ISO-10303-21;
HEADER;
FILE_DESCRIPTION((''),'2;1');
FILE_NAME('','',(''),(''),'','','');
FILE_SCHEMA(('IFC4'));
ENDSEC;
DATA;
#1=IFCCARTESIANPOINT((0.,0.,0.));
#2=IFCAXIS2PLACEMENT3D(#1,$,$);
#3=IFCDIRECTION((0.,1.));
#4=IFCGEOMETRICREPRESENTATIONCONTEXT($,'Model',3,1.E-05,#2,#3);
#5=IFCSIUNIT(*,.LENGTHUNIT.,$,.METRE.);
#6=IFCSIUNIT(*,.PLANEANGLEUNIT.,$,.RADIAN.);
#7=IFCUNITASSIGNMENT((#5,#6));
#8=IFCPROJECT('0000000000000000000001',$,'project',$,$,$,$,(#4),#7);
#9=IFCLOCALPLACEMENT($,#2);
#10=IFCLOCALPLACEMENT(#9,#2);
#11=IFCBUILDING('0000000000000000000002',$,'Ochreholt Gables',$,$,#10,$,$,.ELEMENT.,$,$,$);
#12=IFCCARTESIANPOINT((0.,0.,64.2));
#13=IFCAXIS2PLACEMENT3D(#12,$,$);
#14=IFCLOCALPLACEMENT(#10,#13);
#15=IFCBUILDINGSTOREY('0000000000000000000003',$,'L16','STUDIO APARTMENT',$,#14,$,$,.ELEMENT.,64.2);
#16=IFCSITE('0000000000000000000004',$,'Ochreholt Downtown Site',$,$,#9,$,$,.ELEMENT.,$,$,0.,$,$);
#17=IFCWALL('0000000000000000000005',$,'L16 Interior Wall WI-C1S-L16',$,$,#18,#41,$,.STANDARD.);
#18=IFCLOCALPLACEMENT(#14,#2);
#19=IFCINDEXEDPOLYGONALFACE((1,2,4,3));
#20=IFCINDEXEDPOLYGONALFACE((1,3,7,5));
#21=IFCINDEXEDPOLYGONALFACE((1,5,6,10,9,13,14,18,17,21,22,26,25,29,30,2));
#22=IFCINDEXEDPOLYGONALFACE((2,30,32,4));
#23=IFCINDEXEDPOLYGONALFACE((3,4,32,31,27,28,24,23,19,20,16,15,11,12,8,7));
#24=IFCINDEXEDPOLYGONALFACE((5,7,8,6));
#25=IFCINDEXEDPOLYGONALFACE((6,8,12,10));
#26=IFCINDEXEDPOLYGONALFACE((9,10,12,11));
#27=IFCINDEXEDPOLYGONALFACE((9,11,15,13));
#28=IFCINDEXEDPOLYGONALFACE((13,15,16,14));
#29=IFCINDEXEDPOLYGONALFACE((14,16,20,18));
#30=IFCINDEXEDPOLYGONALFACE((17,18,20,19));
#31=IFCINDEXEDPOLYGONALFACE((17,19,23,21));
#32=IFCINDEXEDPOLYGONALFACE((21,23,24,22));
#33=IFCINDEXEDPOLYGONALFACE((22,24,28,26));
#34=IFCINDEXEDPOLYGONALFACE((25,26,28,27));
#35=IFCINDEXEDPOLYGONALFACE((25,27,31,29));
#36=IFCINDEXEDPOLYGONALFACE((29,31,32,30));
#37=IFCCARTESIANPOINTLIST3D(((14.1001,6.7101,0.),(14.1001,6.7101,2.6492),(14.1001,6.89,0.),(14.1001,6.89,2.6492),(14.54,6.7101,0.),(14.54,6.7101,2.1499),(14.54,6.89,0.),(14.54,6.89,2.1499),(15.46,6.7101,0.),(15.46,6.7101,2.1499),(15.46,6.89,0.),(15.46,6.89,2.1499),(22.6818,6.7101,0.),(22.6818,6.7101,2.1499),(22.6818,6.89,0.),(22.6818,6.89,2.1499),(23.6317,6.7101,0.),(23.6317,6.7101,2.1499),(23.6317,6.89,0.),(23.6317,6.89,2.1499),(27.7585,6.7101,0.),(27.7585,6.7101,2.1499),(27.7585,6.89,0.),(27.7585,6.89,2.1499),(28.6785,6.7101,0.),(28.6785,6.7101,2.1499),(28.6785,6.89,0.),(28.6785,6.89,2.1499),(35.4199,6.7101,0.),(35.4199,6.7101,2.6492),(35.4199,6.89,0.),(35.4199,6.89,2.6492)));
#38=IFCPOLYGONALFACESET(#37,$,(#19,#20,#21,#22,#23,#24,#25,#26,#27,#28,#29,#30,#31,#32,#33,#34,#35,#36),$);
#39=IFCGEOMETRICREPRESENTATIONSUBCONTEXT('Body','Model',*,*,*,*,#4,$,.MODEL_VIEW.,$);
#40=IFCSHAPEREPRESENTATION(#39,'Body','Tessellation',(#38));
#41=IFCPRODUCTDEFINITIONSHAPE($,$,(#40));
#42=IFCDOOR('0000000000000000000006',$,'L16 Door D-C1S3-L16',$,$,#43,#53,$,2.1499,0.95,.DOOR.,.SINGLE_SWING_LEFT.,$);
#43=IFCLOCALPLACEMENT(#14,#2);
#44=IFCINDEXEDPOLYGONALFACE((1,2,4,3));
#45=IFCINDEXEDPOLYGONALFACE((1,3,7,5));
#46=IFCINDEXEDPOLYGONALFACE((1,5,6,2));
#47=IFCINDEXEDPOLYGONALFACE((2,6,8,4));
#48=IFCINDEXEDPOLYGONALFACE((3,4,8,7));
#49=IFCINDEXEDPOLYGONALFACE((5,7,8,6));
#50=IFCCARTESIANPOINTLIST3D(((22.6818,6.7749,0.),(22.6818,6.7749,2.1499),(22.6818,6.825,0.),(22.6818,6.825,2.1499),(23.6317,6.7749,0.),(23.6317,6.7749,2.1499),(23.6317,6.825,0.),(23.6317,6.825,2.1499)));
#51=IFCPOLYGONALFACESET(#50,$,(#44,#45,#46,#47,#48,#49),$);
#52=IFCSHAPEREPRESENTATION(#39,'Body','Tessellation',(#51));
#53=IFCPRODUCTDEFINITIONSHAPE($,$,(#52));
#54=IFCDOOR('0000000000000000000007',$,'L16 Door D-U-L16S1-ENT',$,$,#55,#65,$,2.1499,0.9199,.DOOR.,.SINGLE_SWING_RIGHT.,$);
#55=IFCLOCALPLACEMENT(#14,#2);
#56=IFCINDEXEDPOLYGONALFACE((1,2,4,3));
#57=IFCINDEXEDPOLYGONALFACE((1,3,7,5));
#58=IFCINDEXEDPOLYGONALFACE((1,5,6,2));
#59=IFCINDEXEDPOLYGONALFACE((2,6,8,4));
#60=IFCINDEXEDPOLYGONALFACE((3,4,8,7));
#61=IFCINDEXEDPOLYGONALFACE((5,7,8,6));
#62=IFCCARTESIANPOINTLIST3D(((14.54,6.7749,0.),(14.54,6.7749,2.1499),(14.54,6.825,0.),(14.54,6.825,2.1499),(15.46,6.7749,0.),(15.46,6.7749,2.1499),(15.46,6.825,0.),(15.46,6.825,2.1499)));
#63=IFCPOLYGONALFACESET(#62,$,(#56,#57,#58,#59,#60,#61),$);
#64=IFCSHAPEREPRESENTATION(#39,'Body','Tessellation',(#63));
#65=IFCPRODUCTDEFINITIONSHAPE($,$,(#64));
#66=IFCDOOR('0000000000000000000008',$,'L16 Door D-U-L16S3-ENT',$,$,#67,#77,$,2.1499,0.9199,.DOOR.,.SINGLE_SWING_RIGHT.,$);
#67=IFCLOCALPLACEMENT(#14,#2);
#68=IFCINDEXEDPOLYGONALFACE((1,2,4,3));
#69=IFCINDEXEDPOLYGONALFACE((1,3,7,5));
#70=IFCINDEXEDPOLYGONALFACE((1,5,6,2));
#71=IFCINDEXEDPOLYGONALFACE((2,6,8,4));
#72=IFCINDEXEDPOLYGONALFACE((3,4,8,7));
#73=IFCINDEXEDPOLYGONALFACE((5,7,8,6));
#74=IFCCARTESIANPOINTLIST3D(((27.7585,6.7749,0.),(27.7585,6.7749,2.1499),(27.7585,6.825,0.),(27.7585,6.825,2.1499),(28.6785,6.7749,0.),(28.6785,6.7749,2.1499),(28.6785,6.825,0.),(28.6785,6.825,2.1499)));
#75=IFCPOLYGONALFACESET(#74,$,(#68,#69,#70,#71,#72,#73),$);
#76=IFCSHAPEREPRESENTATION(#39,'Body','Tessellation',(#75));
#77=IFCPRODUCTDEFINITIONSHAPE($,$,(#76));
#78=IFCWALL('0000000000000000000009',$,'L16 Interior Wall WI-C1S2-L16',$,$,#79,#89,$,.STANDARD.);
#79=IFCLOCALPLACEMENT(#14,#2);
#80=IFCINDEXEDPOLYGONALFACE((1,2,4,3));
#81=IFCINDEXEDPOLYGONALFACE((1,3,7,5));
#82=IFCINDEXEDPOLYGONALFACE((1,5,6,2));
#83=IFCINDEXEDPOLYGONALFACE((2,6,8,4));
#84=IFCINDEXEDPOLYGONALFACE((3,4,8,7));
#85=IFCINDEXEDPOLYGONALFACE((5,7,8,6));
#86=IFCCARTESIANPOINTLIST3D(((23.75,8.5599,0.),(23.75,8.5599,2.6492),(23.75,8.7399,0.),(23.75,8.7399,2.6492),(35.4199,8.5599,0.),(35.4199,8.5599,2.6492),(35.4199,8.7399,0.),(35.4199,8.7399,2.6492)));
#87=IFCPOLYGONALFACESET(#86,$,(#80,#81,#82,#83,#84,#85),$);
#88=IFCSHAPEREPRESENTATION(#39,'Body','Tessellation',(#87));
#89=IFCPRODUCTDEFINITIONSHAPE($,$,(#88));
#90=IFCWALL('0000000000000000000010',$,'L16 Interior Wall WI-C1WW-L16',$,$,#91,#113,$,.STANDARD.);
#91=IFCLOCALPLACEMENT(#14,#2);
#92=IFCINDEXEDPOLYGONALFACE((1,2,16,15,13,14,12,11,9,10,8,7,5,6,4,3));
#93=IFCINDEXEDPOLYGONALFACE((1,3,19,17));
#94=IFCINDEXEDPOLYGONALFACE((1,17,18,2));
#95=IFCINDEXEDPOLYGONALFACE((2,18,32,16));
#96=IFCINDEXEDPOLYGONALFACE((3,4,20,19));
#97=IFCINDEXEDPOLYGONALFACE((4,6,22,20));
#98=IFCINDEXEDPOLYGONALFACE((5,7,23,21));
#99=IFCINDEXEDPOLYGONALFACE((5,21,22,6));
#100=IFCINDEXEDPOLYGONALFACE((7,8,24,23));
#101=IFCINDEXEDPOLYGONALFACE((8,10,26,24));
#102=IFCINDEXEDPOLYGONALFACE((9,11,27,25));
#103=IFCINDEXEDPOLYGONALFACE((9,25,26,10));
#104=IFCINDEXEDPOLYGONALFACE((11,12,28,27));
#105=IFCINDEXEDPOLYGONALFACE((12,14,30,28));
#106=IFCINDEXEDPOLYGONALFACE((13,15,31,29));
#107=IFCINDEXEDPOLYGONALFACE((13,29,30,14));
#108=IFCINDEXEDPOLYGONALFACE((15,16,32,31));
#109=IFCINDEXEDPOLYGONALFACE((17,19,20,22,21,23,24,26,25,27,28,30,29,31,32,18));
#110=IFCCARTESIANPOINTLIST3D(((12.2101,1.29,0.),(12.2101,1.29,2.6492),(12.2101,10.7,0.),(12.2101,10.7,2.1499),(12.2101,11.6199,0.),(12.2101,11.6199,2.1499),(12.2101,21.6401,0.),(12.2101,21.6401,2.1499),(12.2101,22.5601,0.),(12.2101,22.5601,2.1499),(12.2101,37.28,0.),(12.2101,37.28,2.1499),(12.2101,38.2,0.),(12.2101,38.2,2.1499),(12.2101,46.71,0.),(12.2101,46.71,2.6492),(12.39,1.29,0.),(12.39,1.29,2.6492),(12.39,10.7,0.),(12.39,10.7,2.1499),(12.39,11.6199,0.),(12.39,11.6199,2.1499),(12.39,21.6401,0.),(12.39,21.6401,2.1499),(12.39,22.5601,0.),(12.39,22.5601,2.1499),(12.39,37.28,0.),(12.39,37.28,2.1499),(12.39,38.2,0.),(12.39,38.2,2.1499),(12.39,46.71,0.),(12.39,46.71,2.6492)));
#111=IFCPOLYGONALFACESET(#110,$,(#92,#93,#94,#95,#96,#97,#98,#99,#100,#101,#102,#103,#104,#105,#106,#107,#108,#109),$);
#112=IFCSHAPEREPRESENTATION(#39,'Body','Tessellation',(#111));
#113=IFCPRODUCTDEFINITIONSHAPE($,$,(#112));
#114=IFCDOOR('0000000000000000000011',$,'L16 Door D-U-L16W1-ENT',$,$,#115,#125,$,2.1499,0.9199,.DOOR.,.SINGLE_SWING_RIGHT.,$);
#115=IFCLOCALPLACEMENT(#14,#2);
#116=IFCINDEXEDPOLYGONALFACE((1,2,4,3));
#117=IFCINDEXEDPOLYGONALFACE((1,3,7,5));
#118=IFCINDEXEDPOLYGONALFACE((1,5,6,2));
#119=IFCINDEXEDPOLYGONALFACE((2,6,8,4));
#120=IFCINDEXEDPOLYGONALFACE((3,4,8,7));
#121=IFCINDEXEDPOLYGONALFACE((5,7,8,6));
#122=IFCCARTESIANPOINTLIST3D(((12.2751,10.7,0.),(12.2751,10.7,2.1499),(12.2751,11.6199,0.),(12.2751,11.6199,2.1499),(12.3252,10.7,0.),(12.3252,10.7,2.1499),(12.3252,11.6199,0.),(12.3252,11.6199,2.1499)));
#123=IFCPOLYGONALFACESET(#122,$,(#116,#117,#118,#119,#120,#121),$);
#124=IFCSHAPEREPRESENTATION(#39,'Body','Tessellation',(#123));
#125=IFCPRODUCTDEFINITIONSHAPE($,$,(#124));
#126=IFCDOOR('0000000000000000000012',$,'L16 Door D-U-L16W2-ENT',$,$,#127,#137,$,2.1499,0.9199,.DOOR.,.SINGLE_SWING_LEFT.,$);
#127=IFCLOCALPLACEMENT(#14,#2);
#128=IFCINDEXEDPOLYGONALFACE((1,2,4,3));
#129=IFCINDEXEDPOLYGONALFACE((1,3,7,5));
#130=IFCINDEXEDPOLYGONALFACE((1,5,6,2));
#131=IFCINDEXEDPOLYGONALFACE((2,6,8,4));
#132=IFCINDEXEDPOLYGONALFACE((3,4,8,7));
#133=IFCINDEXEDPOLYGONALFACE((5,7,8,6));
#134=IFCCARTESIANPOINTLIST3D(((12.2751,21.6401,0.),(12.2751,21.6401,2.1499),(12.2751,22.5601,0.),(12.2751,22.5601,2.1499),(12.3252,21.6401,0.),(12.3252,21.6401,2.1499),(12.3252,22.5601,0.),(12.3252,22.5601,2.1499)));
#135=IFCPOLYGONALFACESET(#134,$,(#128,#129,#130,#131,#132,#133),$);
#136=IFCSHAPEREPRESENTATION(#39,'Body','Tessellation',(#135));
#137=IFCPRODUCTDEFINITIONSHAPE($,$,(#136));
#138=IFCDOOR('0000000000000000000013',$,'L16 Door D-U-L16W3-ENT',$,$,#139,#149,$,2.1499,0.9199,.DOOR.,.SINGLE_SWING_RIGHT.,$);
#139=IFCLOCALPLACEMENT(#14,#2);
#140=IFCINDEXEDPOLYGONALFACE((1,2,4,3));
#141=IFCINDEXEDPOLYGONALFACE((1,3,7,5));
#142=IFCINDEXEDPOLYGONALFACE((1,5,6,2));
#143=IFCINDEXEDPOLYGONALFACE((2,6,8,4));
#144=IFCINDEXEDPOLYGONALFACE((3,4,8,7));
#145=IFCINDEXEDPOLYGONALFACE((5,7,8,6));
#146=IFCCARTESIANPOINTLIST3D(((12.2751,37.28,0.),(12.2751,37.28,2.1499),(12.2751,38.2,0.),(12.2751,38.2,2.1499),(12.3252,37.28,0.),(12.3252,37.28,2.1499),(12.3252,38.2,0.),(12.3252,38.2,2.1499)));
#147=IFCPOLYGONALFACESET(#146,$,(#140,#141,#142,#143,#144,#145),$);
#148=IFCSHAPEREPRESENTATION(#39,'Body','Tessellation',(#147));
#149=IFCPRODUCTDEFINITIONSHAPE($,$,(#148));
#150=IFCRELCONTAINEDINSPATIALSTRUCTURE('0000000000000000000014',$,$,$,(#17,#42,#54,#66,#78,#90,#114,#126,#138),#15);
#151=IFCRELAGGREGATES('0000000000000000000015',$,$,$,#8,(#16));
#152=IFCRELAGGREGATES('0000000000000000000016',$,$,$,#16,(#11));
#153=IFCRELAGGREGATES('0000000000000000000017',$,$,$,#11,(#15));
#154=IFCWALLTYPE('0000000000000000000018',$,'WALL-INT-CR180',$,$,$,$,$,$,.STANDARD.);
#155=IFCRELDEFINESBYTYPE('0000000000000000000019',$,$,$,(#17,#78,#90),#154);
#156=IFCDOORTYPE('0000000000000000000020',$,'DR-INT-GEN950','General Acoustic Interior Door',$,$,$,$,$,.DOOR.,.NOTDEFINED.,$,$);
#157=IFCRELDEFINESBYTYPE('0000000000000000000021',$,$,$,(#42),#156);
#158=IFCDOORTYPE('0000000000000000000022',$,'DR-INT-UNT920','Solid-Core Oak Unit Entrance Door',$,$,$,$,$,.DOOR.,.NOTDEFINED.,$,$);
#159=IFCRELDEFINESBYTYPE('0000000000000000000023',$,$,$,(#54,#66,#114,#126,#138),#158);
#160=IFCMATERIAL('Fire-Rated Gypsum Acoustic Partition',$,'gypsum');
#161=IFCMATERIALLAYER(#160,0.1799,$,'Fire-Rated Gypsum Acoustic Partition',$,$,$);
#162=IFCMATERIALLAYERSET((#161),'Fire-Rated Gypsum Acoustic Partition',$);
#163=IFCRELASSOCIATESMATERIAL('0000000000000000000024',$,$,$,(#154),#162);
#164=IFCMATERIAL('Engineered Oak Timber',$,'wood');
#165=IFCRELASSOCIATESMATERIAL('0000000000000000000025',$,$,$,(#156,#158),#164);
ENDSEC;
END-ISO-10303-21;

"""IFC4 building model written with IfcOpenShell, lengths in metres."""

from ifc_helpers import new_model, si_unit, direction, frame, frame_2d, origin, place, context, subcontext, project, spatial, rectangle, extrude, material, layer, layer_set, type_object, element, fill, save


model = new_model("IFC4")

# Units and contexts
model_context = context("Model", 3, precision=1e-05, world=origin(), true_north=direction((0.0, 1.0)))
body_context = subcontext(model_context, "Body", "Model", "MODEL_VIEW")
ifc_project = project(units=[si_unit("LENGTHUNIT", "METRE"), si_unit("PLANEANGLEUNIT", "RADIAN")], contexts=[model_context])

# Site, building, storey
site_placement = place(None, origin())
site = spatial("IfcSite", under=ifc_project, at=site_placement, Name="Ochreholt Downtown Site", CompositionType="ELEMENT", RefElevation=0.0)
building_placement = place(site_placement, origin())
building = spatial("IfcBuilding", under=site, at=building_placement, Name="Ochreholt Gables", CompositionType="ELEMENT")
storey_placement = place(building_placement, frame((0.0, 0.0, 64.2)))
storey = spatial("IfcBuildingStorey", under=building, at=storey_placement, Name="L16", Description="STUDIO APARTMENT", CompositionType="ELEMENT", Elevation=64.2)

# Shared definitions
ifc_material_1 = material(Name="Fire-Rated Gypsum Acoustic Partition", Category="gypsum")
ifc_layer_1 = layer(ifc_material_1, 0.1799, Name="Fire-Rated Gypsum Acoustic Partition")
ifc_layer_set_1 = layer_set([ifc_layer_1], Name="Fire-Rated Gypsum Acoustic Partition")
wall_type_1 = type_object("IfcWallType", Name="WALL-INT-CR180", PredefinedType="STANDARD", material=ifc_layer_set_1)

# Wall, openings, doors
wall_1_placement = place(storey_placement, frame((14.1001, 6.8, 0.0), z_axis=(0.0, 0.0, 1.0), x_axis=(1.0, 0.0, 0.0)))
wall_1 = element("IfcWall", 1, at=wall_1_placement, inside=storey, type_object=wall_type_1, Name="L16 Interior Wall WI-C1S-L16", PredefinedType="STANDARD", context=body_context, shape_type="SweptSolid", body=[
    extrude(rectangle(XDim=21.3198, YDim=0.1799, at=frame_2d((10.6599, 0.0))), origin(), (0.0, 0.0, 1.0), 2.6492),
])
opening_1_placement = place(wall_1_placement, frame((0.4399, 0.0, 0.0)))
opening_1 = element("IfcOpeningElement", 2, at=opening_1_placement, cuts=wall_1, PredefinedType="OPENING", context=body_context, shape_type="SweptSolid", body=[
    extrude(rectangle(XDim=0.9199, YDim=2.1499, at=frame_2d((0.46, 1.075))), frame((0.0, 0.0999, 0.0), z_axis=(0.0, -1.0, 0.0), x_axis=(1.0, 0.0, 0.0)), (0.0, 0.0, 1.0), 0.2),
])
opening_2_placement = place(wall_1_placement, frame((8.5815, 0.0, 0.0)))
opening_2 = element("IfcOpeningElement", 3, at=opening_2_placement, cuts=wall_1, PredefinedType="OPENING", context=body_context, shape_type="SweptSolid", body=[
    extrude(rectangle(XDim=0.95, YDim=2.1499, at=frame_2d((0.4751, 1.075))), frame((0.0, 0.0999, 0.0), z_axis=(0.0, -1.0, 0.0), x_axis=(1.0, 0.0, 0.0)), (0.0, 0.0, 1.0), 0.2),
])
opening_3_placement = place(wall_1_placement, frame((13.6584, 0.0, 0.0)))
opening_3 = element("IfcOpeningElement", 4, at=opening_3_placement, cuts=wall_1, PredefinedType="OPENING", context=body_context, shape_type="SweptSolid", body=[
    extrude(rectangle(XDim=0.9199, YDim=2.1499, at=frame_2d((0.46, 1.075))), frame((0.0, 0.0999, 0.0), z_axis=(0.0, -1.0, 0.0), x_axis=(1.0, 0.0, 0.0)), (0.0, 0.0, 1.0), 0.2),
])
ifc_material_2 = material(Name="Engineered Oak Timber", Category="wood")
door_type_1 = type_object("IfcDoorType", Name="DR-INT-GEN950", Description="General Acoustic Interior Door", OperationType="NOTDEFINED", PredefinedType="DOOR", material=ifc_material_2)
door_1_placement = place(opening_2_placement, origin())
door_1 = element("IfcDoor", 5, at=door_1_placement, inside=storey, type_object=door_type_1, Name="L16 Door D-C1S3-L16", OperationType="SINGLE_SWING_LEFT", OverallHeight=2.1499, OverallWidth=0.95, PredefinedType="DOOR", context=body_context, shape_type="SweptSolid", body=[
    extrude(rectangle(XDim=0.95, YDim=2.1499, at=frame_2d((0.4751, 1.075))), frame((0.0, 0.0249, 0.0), z_axis=(0.0, -1.0, 0.0), x_axis=(1.0, 0.0, 0.0)), (0.0, 0.0, 1.0), 0.05),
])
fill(opening_2, door_1)
door_type_2 = type_object("IfcDoorType", Name="DR-INT-UNT920", Description="Solid-Core Oak Unit Entrance Door", OperationType="NOTDEFINED", PredefinedType="DOOR", material=ifc_material_2)
door_2_placement = place(opening_1_placement, origin())
door_2 = element("IfcDoor", 6, at=door_2_placement, inside=storey, type_object=door_type_2, Name="L16 Door D-U-L16S1-ENT", OperationType="SINGLE_SWING_RIGHT", OverallHeight=2.1499, OverallWidth=0.9199, PredefinedType="DOOR", context=body_context, shape_type="SweptSolid", body=[
    extrude(rectangle(XDim=0.9199, YDim=2.1499, at=frame_2d((0.46, 1.075))), frame((0.0, 0.0249, 0.0), z_axis=(0.0, -1.0, 0.0), x_axis=(1.0, 0.0, 0.0)), (0.0, 0.0, 1.0), 0.05),
])
fill(opening_1, door_2)
door_3_placement = place(opening_3_placement, origin())
door_3 = element("IfcDoor", 7, at=door_3_placement, inside=storey, type_object=door_type_2, Name="L16 Door D-U-L16S3-ENT", OperationType="SINGLE_SWING_RIGHT", OverallHeight=2.1499, OverallWidth=0.9199, PredefinedType="DOOR", context=body_context, shape_type="SweptSolid", body=[
    extrude(rectangle(XDim=0.9199, YDim=2.1499, at=frame_2d((0.46, 1.075))), frame((0.0, 0.0249, 0.0), z_axis=(0.0, -1.0, 0.0), x_axis=(1.0, 0.0, 0.0)), (0.0, 0.0, 1.0), 0.05),
])
fill(opening_3, door_3)

# Wall
wall_2_placement = place(storey_placement, frame((23.75, 8.6499, 0.0), z_axis=(0.0, 0.0, 1.0), x_axis=(1.0, 0.0, 0.0)))
element("IfcWall", 8, at=wall_2_placement, inside=storey, type_object=wall_type_1, Name="L16 Interior Wall WI-C1S2-L16", PredefinedType="STANDARD", context=body_context, shape_type="SweptSolid", body=[
    extrude(rectangle(XDim=11.6699, YDim=0.1799, at=frame_2d((5.835, 0.0))), origin(), (0.0, 0.0, 1.0), 2.6492),
])

# Wall, openings, doors
wall_3_placement = place(storey_placement, frame((12.3, 1.29, 0.0), z_axis=(0.0, 0.0, 1.0), x_axis=(0.0, 1.0, 0.0)))
wall_3 = element("IfcWall", 9, at=wall_3_placement, inside=storey, type_object=wall_type_1, Name="L16 Interior Wall WI-C1WW-L16", PredefinedType="STANDARD", context=body_context, shape_type="SweptSolid", body=[
    extrude(rectangle(XDim=45.4199, YDim=0.1799, at=frame_2d((22.71, 0.0))), origin(), (0.0, 0.0, 1.0), 2.6492),
])
opening_4_placement = place(wall_3_placement, frame((9.4099, 0.0, 0.0)))
opening_4 = element("IfcOpeningElement", 10, at=opening_4_placement, cuts=wall_3, PredefinedType="OPENING", context=body_context, shape_type="SweptSolid", body=[
    extrude(rectangle(XDim=0.9199, YDim=2.1499, at=frame_2d((0.46, 1.075))), frame((0.0, 0.0999, 0.0), z_axis=(0.0, -1.0, 0.0), x_axis=(1.0, 0.0, 0.0)), (0.0, 0.0, 1.0), 0.2),
])
opening_5_placement = place(wall_3_placement, frame((20.3501, 0.0, 0.0)))
opening_5 = element("IfcOpeningElement", 11, at=opening_5_placement, cuts=wall_3, PredefinedType="OPENING", context=body_context, shape_type="SweptSolid", body=[
    extrude(rectangle(XDim=0.9199, YDim=2.1499, at=frame_2d((0.46, 1.075))), frame((0.0, 0.0999, 0.0), z_axis=(0.0, -1.0, 0.0), x_axis=(1.0, 0.0, 0.0)), (0.0, 0.0, 1.0), 0.2),
])
opening_6_placement = place(wall_3_placement, frame((35.99, 0.0, 0.0)))
opening_6 = element("IfcOpeningElement", 12, at=opening_6_placement, cuts=wall_3, PredefinedType="OPENING", context=body_context, shape_type="SweptSolid", body=[
    extrude(rectangle(XDim=0.9199, YDim=2.1499, at=frame_2d((0.46, 1.075))), frame((0.0, 0.0999, 0.0), z_axis=(0.0, -1.0, 0.0), x_axis=(1.0, 0.0, 0.0)), (0.0, 0.0, 1.0), 0.2),
])
door_4_placement = place(opening_4_placement, origin())
door_4 = element("IfcDoor", 13, at=door_4_placement, inside=storey, type_object=door_type_2, Name="L16 Door D-U-L16W1-ENT", OperationType="SINGLE_SWING_RIGHT", OverallHeight=2.1499, OverallWidth=0.9199, PredefinedType="DOOR", context=body_context, shape_type="SweptSolid", body=[
    extrude(rectangle(XDim=0.9199, YDim=2.1499, at=frame_2d((0.46, 1.075))), frame((0.0, 0.0249, 0.0), z_axis=(0.0, -1.0, 0.0), x_axis=(1.0, 0.0, 0.0)), (0.0, 0.0, 1.0), 0.05),
])
fill(opening_4, door_4)
door_5_placement = place(opening_5_placement, origin())
door_5 = element("IfcDoor", 14, at=door_5_placement, inside=storey, type_object=door_type_2, Name="L16 Door D-U-L16W2-ENT", OperationType="SINGLE_SWING_LEFT", OverallHeight=2.1499, OverallWidth=0.9199, PredefinedType="DOOR", context=body_context, shape_type="SweptSolid", body=[
    extrude(rectangle(XDim=0.9199, YDim=2.1499, at=frame_2d((0.46, 1.075))), frame((0.0, 0.0249, 0.0), z_axis=(0.0, -1.0, 0.0), x_axis=(1.0, 0.0, 0.0)), (0.0, 0.0, 1.0), 0.05),
])
fill(opening_5, door_5)
door_6_placement = place(opening_6_placement, origin())
door_6 = element("IfcDoor", 15, at=door_6_placement, inside=storey, type_object=door_type_2, Name="L16 Door D-U-L16W3-ENT", OperationType="SINGLE_SWING_RIGHT", OverallHeight=2.1499, OverallWidth=0.9199, PredefinedType="DOOR", context=body_context, shape_type="SweptSolid", body=[
    extrude(rectangle(XDim=0.9199, YDim=2.1499, at=frame_2d((0.46, 1.075))), frame((0.0, 0.0249, 0.0), z_axis=(0.0, -1.0, 0.0), x_axis=(1.0, 0.0, 0.0)), (0.0, 0.0, 1.0), 0.05),
])
fill(opening_6, door_6)

save(model, "model.ifc")
